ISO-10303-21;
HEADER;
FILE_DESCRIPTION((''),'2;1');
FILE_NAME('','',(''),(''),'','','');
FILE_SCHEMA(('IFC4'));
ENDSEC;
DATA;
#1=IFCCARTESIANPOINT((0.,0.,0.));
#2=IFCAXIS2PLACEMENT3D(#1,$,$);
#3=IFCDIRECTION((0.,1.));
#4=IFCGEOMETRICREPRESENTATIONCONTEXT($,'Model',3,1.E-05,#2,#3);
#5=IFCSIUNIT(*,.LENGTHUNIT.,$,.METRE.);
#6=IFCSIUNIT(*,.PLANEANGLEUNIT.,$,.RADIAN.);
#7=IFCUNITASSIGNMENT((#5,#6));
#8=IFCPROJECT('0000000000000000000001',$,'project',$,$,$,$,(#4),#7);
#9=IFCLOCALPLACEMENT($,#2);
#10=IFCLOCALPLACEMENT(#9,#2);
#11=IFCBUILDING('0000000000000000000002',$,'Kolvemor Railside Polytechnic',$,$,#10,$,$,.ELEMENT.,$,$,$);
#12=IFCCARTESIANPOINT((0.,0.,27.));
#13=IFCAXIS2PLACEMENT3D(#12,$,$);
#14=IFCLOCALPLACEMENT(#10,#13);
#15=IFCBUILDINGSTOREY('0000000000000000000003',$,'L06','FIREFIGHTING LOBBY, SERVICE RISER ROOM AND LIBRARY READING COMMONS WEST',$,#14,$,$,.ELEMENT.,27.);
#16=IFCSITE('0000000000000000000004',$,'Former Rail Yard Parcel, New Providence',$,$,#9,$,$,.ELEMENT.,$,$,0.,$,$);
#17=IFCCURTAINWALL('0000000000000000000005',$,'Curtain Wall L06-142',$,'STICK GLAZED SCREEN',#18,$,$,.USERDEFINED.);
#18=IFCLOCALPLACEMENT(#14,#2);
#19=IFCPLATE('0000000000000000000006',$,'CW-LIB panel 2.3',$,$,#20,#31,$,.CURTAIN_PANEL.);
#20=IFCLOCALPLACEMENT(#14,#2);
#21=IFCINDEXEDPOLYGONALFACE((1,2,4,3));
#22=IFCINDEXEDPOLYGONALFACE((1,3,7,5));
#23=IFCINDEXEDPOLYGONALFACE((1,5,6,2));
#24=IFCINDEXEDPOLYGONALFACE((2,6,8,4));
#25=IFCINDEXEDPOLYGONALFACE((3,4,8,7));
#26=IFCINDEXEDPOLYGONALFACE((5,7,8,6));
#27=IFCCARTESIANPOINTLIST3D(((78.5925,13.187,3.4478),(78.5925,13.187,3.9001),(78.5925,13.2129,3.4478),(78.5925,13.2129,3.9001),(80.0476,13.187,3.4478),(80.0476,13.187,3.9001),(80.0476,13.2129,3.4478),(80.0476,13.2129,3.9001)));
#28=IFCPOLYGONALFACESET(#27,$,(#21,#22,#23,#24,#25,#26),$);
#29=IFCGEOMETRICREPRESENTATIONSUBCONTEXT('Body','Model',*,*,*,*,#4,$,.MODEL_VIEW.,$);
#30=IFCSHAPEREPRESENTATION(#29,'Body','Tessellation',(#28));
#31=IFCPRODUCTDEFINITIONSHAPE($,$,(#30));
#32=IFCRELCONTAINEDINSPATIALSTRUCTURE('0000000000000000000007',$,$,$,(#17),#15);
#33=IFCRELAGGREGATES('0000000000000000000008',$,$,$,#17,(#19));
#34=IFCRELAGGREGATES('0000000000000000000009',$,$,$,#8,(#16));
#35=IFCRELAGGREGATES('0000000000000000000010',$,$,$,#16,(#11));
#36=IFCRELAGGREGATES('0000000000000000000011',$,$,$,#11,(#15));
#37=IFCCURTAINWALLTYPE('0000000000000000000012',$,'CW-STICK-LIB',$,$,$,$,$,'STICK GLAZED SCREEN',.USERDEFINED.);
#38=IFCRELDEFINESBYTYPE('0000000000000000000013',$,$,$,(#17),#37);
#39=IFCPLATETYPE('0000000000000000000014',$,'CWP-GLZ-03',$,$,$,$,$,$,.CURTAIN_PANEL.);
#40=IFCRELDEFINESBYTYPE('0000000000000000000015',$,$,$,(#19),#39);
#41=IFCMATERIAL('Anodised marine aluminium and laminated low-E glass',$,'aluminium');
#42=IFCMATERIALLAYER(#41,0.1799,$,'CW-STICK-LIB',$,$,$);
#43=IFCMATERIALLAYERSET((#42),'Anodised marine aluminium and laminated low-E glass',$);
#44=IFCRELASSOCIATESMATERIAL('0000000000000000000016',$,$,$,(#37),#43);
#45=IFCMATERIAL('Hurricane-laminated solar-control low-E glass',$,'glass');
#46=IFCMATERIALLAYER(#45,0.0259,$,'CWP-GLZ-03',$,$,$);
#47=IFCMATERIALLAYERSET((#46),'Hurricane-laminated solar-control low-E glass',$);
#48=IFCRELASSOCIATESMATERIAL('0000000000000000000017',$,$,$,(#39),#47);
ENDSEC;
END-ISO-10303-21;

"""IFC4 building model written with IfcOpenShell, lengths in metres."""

from ifc_helpers import new_model, si_unit, direction, frame, origin, origin_2d, place, context, subcontext, project, spatial, rectangle, extrude, material, layer, layer_set, type_object, element, aggregate, save


model = new_model("IFC4")

# Units and contexts
model_context = context("Model", 3, precision=1e-05, world=origin(), true_north=direction((0.0, 1.0)))
body_context = subcontext(model_context, "Body", "Model", "MODEL_VIEW")
ifc_project = project(units=[si_unit("LENGTHUNIT", "METRE"), si_unit("PLANEANGLEUNIT", "RADIAN")], contexts=[model_context])

# Site, building, storey
site_placement = place(None, origin())
site = spatial("IfcSite", under=ifc_project, at=site_placement, Name="Former Rail Yard Parcel, New Providence", CompositionType="ELEMENT", RefElevation=0.0)
building_placement = place(site_placement, origin())
building = spatial("IfcBuilding", under=site, at=building_placement, Name="Kolvemor Railside Polytechnic", CompositionType="ELEMENT")
storey_placement = place(building_placement, frame((0.0, 0.0, 27.0)))
storey = spatial("IfcBuildingStorey", under=building, at=storey_placement, Name="L06", Description="FIREFIGHTING LOBBY, SERVICE RISER ROOM AND LIBRARY READING COMMONS WEST", CompositionType="ELEMENT", Elevation=27.0)

# Curtain wall
ifc_material_1 = material(Name="Anodised marine aluminium and laminated low-E glass", Category="aluminium")
ifc_layer_1 = layer(ifc_material_1, 0.1799, Name="CW-STICK-LIB")
ifc_layer_set_1 = layer_set([ifc_layer_1], Name="Anodised marine aluminium and laminated low-E glass")
curtain_wall_type = type_object("IfcCurtainWallType", Name="CW-STICK-LIB", ElementType="STICK GLAZED SCREEN", PredefinedType="USERDEFINED", material=ifc_layer_set_1)
curtain_wall_placement = place(storey_placement, origin())
curtain_wall = element("IfcCurtainWall", 1, at=curtain_wall_placement, inside=storey, type_object=curtain_wall_type, Name="Curtain Wall L06-142", ObjectType="STICK GLAZED SCREEN", PredefinedType="USERDEFINED")

# Plate
ifc_material_2 = material(Name="Hurricane-laminated solar-control low-E glass", Category="glass")
ifc_layer_2 = layer(ifc_material_2, 0.0259, Name="CWP-GLZ-03")
ifc_layer_set_2 = layer_set([ifc_layer_2], Name="Hurricane-laminated solar-control low-E glass")
plate_type = type_object("IfcPlateType", Name="CWP-GLZ-03", PredefinedType="CURTAIN_PANEL", material=ifc_layer_set_2)
plate_1_placement = place(storey_placement, frame((79.3201, 13.2, 3.4478), z_axis=(0.0, 0.0, 1.0), x_axis=(1.0, 0.0, 0.0)))
plate_1 = element("IfcPlate", 2, at=plate_1_placement, type_object=plate_type, Name="CW-LIB panel 2.3", PredefinedType="CURTAIN_PANEL", context=body_context, shape_type="SweptSolid", body=[
    extrude(rectangle(XDim=1.4551, YDim=0.0259, at=origin_2d()), origin(), (0.0, 0.0, 1.0), 0.4524),
])
aggregate(curtain_wall, [plate_1])

save(model, "model.ifc")
